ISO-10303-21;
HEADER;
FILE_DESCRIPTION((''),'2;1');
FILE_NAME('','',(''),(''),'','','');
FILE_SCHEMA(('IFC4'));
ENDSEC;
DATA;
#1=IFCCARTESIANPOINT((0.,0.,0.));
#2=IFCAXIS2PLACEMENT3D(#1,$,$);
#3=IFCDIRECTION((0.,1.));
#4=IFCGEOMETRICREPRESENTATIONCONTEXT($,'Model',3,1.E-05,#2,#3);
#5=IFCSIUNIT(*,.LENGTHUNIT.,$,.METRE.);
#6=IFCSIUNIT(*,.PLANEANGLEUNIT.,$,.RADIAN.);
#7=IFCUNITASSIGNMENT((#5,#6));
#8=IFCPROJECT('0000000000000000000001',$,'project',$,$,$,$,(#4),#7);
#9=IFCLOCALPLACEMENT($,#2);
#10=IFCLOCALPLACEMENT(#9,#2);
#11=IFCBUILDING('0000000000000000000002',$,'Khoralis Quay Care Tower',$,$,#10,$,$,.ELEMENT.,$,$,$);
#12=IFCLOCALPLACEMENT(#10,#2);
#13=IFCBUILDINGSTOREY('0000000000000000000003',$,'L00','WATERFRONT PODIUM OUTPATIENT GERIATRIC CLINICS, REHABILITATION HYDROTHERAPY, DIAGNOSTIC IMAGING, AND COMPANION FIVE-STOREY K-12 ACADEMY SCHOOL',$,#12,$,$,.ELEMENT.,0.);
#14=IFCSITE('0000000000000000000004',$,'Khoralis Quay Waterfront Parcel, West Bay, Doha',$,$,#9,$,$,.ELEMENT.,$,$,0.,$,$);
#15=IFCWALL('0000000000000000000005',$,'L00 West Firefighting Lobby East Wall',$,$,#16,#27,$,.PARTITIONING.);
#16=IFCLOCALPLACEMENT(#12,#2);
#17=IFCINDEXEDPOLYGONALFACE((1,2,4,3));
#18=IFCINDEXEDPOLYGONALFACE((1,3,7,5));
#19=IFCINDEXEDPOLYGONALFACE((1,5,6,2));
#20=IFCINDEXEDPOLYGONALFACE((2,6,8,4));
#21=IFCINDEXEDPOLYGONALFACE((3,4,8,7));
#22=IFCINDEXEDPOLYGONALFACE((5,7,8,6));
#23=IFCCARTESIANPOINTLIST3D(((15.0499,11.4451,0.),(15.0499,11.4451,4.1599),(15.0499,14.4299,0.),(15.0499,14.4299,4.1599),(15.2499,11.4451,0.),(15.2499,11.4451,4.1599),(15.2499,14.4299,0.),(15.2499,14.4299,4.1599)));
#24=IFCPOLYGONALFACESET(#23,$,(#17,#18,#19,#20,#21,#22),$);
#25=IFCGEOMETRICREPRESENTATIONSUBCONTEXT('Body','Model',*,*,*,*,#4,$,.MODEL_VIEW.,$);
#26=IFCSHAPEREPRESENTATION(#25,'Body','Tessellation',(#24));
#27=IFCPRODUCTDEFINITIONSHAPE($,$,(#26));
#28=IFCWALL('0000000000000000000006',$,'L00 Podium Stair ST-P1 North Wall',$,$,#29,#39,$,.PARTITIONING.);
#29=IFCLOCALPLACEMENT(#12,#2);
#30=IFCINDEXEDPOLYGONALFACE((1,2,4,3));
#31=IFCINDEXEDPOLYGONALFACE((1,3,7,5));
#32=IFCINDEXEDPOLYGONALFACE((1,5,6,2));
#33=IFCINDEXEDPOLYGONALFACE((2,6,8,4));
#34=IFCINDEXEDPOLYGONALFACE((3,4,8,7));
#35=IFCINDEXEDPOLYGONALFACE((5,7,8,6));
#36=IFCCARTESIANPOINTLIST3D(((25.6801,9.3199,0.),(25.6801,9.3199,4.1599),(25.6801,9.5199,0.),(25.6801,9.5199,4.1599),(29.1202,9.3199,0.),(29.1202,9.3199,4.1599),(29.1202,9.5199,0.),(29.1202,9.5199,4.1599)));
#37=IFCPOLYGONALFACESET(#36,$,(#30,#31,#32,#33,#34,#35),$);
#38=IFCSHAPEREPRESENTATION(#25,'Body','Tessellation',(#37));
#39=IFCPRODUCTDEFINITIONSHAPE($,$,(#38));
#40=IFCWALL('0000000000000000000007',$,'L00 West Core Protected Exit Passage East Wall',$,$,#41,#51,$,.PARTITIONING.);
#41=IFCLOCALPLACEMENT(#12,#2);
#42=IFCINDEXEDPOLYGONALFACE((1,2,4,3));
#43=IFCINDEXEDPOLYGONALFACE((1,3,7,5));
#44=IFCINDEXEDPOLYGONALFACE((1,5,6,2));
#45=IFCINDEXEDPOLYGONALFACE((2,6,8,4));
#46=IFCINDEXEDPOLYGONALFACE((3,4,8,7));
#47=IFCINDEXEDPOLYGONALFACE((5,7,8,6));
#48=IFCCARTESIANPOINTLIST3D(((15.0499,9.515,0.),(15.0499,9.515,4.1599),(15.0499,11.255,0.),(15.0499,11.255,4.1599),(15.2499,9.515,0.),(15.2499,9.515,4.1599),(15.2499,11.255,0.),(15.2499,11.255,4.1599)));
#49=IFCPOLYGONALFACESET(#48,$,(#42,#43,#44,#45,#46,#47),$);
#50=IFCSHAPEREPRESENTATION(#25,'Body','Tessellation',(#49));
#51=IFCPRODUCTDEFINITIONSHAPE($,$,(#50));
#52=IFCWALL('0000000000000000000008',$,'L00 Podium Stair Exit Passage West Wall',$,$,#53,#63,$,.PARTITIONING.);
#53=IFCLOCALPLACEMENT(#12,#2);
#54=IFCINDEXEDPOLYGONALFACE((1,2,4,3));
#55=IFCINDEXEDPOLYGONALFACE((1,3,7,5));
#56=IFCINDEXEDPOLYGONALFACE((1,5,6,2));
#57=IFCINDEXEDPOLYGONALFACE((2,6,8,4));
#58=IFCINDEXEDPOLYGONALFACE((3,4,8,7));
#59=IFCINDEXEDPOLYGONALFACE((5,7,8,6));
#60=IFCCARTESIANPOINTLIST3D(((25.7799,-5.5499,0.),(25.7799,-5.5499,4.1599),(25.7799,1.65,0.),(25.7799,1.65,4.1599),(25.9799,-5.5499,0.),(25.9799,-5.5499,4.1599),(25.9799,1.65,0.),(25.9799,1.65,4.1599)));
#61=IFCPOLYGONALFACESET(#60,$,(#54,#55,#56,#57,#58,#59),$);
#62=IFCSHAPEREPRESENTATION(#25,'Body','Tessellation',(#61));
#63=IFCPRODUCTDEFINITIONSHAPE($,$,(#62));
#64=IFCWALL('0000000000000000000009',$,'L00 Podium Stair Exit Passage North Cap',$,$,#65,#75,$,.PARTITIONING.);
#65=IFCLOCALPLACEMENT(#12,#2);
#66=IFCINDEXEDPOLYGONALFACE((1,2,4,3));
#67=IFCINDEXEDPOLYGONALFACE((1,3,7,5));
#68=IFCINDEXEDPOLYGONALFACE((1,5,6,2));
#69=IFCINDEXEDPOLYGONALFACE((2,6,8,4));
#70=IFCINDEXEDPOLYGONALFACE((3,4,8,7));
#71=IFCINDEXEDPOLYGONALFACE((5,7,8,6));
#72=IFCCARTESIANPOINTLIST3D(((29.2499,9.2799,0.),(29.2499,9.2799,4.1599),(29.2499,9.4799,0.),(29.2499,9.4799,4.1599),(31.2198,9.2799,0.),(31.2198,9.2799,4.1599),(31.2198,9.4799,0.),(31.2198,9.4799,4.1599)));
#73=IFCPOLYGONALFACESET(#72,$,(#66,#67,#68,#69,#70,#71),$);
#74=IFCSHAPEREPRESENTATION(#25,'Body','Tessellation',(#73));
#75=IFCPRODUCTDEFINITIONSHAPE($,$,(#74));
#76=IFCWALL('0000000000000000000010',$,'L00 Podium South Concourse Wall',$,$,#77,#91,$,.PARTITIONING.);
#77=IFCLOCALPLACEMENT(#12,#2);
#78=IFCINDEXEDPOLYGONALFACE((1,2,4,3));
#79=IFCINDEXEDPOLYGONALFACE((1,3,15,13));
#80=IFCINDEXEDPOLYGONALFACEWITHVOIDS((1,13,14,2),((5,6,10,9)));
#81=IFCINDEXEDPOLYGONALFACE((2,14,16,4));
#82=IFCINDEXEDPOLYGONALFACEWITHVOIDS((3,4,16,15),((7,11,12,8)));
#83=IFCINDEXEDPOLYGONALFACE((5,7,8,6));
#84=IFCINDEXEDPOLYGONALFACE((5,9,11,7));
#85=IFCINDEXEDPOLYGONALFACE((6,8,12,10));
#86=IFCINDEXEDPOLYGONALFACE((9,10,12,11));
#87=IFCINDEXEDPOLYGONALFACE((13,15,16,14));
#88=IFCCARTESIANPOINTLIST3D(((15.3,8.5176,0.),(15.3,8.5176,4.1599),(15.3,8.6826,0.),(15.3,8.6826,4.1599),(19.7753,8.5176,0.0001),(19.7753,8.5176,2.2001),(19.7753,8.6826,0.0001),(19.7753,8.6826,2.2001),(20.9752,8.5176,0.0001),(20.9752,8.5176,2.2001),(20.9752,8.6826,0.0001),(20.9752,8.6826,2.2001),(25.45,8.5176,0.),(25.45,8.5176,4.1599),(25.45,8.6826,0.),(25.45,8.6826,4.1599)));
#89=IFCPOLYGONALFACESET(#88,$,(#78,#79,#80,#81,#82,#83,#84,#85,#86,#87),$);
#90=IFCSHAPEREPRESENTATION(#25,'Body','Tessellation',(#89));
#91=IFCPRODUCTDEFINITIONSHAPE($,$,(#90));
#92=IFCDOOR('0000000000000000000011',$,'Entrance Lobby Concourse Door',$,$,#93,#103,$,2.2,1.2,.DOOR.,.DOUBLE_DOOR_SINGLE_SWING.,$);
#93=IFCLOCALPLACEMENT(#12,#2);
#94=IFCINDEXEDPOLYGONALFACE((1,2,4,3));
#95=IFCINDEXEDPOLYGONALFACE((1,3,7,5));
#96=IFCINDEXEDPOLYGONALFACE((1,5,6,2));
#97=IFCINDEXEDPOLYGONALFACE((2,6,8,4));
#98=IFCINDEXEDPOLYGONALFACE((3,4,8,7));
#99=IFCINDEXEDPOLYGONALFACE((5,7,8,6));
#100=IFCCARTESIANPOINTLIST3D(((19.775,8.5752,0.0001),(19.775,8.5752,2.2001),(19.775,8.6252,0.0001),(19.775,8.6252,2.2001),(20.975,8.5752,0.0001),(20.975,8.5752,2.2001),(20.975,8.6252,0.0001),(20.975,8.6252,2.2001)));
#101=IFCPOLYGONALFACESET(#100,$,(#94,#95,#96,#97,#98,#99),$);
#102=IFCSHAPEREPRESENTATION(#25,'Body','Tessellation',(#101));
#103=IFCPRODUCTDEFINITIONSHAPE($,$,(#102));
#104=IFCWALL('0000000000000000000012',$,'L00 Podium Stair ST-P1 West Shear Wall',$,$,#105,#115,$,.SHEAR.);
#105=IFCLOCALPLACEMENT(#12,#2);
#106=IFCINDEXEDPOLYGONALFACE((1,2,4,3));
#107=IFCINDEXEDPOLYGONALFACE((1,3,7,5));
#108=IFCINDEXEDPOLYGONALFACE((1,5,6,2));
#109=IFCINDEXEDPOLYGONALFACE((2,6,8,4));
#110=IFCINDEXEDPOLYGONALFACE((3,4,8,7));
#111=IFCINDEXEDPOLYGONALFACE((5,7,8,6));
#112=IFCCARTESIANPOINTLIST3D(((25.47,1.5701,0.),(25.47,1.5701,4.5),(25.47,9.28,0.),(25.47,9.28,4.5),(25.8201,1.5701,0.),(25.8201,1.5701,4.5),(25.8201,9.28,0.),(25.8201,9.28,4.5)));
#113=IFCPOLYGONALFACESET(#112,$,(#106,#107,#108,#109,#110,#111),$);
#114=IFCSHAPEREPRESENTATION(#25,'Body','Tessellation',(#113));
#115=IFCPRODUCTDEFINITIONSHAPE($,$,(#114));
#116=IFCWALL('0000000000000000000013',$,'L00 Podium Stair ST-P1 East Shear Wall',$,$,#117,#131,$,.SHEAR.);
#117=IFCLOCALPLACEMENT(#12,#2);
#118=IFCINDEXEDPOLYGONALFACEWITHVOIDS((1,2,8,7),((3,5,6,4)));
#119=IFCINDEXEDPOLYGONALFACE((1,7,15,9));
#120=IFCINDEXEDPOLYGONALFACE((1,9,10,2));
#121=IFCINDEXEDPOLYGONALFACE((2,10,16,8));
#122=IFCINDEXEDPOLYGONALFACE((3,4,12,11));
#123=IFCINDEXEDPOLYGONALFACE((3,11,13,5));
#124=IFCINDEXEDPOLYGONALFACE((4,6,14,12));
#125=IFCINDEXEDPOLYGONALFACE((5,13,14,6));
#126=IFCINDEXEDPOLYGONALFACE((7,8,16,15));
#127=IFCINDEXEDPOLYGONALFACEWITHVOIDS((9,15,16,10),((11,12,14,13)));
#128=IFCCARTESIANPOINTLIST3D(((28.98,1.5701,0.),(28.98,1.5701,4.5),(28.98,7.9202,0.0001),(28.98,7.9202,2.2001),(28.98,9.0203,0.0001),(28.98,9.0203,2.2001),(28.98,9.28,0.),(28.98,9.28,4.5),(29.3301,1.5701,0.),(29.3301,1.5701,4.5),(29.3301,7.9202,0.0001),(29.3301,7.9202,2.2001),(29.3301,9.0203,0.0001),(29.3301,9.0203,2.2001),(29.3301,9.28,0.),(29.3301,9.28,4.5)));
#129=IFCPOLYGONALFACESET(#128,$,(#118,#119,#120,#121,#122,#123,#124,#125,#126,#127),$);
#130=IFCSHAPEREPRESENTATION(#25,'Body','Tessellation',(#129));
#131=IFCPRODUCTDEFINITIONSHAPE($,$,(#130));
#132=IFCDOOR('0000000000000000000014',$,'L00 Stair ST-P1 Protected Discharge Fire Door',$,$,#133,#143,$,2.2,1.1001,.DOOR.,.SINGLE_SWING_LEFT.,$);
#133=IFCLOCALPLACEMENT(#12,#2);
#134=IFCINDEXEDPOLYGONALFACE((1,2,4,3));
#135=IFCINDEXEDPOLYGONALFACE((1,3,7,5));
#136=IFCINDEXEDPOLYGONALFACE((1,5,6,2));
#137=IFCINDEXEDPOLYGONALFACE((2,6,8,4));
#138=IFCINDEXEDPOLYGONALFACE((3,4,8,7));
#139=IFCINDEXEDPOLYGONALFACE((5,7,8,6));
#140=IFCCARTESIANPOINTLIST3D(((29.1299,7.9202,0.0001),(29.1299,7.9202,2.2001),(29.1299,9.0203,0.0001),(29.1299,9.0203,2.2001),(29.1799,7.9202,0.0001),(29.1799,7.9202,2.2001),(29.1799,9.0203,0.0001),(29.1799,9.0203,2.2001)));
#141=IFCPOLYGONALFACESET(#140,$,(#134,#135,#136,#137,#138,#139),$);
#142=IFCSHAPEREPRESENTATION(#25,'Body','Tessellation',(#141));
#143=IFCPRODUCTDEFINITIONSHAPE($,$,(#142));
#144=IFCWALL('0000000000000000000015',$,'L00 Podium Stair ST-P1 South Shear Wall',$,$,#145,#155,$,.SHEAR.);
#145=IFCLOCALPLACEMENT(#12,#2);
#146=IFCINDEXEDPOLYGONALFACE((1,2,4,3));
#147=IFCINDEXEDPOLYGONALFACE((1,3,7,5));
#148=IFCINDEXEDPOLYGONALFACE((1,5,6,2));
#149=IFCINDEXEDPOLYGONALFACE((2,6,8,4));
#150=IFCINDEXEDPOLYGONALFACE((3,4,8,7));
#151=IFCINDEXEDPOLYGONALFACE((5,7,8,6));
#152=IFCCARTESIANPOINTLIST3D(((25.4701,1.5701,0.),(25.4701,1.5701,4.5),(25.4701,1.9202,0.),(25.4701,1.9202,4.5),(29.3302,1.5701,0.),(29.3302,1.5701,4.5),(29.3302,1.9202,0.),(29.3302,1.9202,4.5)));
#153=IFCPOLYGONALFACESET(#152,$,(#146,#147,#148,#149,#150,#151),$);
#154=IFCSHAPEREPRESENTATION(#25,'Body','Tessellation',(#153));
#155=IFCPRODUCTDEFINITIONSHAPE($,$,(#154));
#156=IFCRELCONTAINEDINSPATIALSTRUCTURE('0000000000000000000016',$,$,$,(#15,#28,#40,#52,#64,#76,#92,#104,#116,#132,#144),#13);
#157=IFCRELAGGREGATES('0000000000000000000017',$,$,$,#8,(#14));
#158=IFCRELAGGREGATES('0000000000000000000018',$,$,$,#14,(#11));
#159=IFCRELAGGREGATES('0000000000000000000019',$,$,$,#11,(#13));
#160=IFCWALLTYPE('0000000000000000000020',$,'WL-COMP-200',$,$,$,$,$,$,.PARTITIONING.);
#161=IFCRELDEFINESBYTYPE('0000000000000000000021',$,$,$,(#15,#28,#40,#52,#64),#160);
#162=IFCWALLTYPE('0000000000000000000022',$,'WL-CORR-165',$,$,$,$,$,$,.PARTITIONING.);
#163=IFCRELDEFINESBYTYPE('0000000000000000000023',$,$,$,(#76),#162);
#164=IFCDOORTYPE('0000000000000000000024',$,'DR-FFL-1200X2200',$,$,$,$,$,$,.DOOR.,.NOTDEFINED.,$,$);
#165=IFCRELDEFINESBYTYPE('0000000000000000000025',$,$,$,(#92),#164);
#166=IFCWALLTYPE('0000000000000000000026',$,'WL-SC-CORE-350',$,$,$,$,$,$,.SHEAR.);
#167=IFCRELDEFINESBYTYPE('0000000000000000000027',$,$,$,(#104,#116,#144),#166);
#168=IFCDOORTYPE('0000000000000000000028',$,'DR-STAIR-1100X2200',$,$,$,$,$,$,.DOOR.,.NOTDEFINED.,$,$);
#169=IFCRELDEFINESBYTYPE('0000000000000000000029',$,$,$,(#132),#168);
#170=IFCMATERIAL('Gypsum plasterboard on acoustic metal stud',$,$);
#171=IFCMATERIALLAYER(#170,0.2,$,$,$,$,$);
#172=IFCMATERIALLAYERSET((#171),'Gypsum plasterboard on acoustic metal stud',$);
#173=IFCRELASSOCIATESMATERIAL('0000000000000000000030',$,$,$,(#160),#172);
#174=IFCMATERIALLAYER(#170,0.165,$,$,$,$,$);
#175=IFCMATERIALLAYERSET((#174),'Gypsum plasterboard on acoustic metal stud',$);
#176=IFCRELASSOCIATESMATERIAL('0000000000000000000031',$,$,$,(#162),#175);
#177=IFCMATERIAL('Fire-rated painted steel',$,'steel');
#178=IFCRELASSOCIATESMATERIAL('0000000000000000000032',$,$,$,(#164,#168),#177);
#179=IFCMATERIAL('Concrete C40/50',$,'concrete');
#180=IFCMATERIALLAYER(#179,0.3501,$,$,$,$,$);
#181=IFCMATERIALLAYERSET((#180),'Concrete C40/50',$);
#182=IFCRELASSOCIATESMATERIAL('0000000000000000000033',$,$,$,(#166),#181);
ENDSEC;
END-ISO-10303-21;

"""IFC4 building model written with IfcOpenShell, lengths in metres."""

from ifc_helpers import new_model, si_unit, direction, frame, frame_2d, origin, place, context, subcontext, project, spatial, rectangle, extrude, source, transform, mapped, material, layer, layer_set, type_object, element, fill, save


model = new_model("IFC4")

# Units and contexts
model_context = context("Model", 3, precision=1e-05, world=origin(), true_north=direction((0.0, 1.0)))
body_context = subcontext(model_context, "Body", "Model", "MODEL_VIEW")
ifc_project = project(units=[si_unit("LENGTHUNIT", "METRE"), si_unit("PLANEANGLEUNIT", "RADIAN")], contexts=[model_context])

# Site, building, storey
site_placement = place(None, origin())
site = spatial("IfcSite", under=ifc_project, at=site_placement, Name="Khoralis Quay Waterfront Parcel, West Bay, Doha", CompositionType="ELEMENT", RefElevation=0.0)
building_placement = place(site_placement, origin())
building = spatial("IfcBuilding", under=site, at=building_placement, Name="Khoralis Quay Care Tower", CompositionType="ELEMENT")
storey_placement = place(building_placement, origin())
storey = spatial("IfcBuildingStorey", under=building, at=storey_placement, Name="L00", Description="WATERFRONT PODIUM OUTPATIENT GERIATRIC CLINICS, REHABILITATION HYDROTHERAPY, DIAGNOSTIC IMAGING, AND COMPANION FIVE-STOREY K-12 ACADEMY SCHOOL", CompositionType="ELEMENT", Elevation=0.0)

# Walls
ifc_material_1 = material(Name="Gypsum plasterboard on acoustic metal stud")
ifc_layer_1 = layer(ifc_material_1, 0.2)
ifc_layer_set_1 = layer_set([ifc_layer_1], Name="Gypsum plasterboard on acoustic metal stud")
wall_type_1 = type_object("IfcWallType", Name="WL-COMP-200", PredefinedType="PARTITIONING", material=ifc_layer_set_1)
wall_1_placement = place(storey_placement, frame((15.1499, 11.4451, 0.0), z_axis=(0.0, 0.0, 1.0), x_axis=(0.0, 1.0, 0.0)))
element("IfcWall", 1, at=wall_1_placement, inside=storey, type_object=wall_type_1, Name="L00 West Firefighting Lobby East Wall", PredefinedType="PARTITIONING", context=body_context, shape_type="SweptSolid", body=[
    extrude(rectangle(XDim=2.9849, YDim=0.2, at=frame_2d((1.4924, 0.0))), origin(), (0.0, 0.0, 1.0), 4.1599),
])
wall_2_placement = place(storey_placement, frame((25.6799, 9.4199, 0.0), z_axis=(0.0, 0.0, 1.0), x_axis=(1.0, 0.0, 0.0)))
element("IfcWall", 2, at=wall_2_placement, inside=storey, type_object=wall_type_1, Name="L00 Podium Stair ST-P1 North Wall", PredefinedType="PARTITIONING", context=body_context, shape_type="SweptSolid", body=[
    extrude(rectangle(XDim=3.4402, YDim=0.2, at=frame_2d((1.7202, 0.0))), origin(), (0.0, 0.0, 1.0), 4.1599),
])
wall_3_placement = place(storey_placement, frame((15.1499, 9.5149, 0.0), z_axis=(0.0, 0.0, 1.0), x_axis=(0.0, 1.0, 0.0)))
element("IfcWall", 3, at=wall_3_placement, inside=storey, type_object=wall_type_1, Name="L00 West Core Protected Exit Passage East Wall", PredefinedType="PARTITIONING", context=body_context, shape_type="SweptSolid", body=[
    extrude(rectangle(XDim=1.74, YDim=0.2, at=frame_2d((0.8701, 0.0))), origin(), (0.0, 0.0, 1.0), 4.1599),
])
wall_4_placement = place(storey_placement, frame((25.8799, -5.55, 0.0), z_axis=(0.0, 0.0, 1.0), x_axis=(0.0, 1.0, 0.0)))
element("IfcWall", 4, at=wall_4_placement, inside=storey, type_object=wall_type_1, Name="L00 Podium Stair Exit Passage West Wall", PredefinedType="PARTITIONING", context=body_context, shape_type="SweptSolid", body=[
    extrude(rectangle(XDim=7.2, YDim=0.2, at=frame_2d((3.6001, 0.0))), origin(), (0.0, 0.0, 1.0), 4.1599),
])
wall_5_placement = place(storey_placement, frame((29.25, 9.3799, 0.0), z_axis=(0.0, 0.0, 1.0), x_axis=(1.0, 0.0, 0.0)))
element("IfcWall", 5, at=wall_5_placement, inside=storey, type_object=wall_type_1, Name="L00 Podium Stair Exit Passage North Cap", PredefinedType="PARTITIONING", context=body_context, shape_type="SweptSolid", body=[
    extrude(rectangle(XDim=1.97, YDim=0.2, at=frame_2d((0.9849, 0.0))), origin(), (0.0, 0.0, 1.0), 4.1599),
])

# Wall, opening, door
ifc_layer_2 = layer(ifc_material_1, 0.165)
ifc_layer_set_2 = layer_set([ifc_layer_2], Name="Gypsum plasterboard on acoustic metal stud")
wall_type_2 = type_object("IfcWallType", Name="WL-CORR-165", PredefinedType="PARTITIONING", material=ifc_layer_set_2)
wall_6_placement = place(storey_placement, frame((15.3, 8.6001, 0.0), z_axis=(0.0, 0.0, 1.0), x_axis=(1.0, 0.0, 0.0)))
wall_6 = element("IfcWall", 6, at=wall_6_placement, inside=storey, type_object=wall_type_2, Name="L00 Podium South Concourse Wall", PredefinedType="PARTITIONING", context=body_context, shape_type="SweptSolid", body=[
    extrude(rectangle(XDim=10.1499, YDim=0.165, at=frame_2d((5.075, 0.0))), origin(), (0.0, 0.0, 1.0), 4.1599),
])
opening_1_placement = place(wall_6_placement, frame((4.4751, 0.0, 0.0)))
opening_1 = element("IfcOpeningElement", 7, at=opening_1_placement, cuts=wall_6, PredefinedType="OPENING", context=body_context, shape_type="SweptSolid", body=[
    extrude(rectangle(XDim=1.2, YDim=2.2, at=frame_2d((0.6001, 1.1001))), frame((0.0, 0.0925, 0.0), z_axis=(0.0, -1.0, 0.0), x_axis=(1.0, 0.0, 0.0)), (0.0, 0.0, 1.0), 0.1851),
])
ifc_material_2 = material(Name="Fire-rated painted steel", Category="steel")
door_type_1 = type_object("IfcDoorType", Name="DR-FFL-1200X2200", OperationType="NOTDEFINED", PredefinedType="DOOR", material=ifc_material_2)
shared_shape_1 = source(origin(), body_context, "Body", "SweptSolid", [
    extrude(rectangle(XDim=1.2, YDim=2.2, at=frame_2d((0.6001, 1.1001))), frame((0.0, 0.0249, 0.0), z_axis=(0.0, -1.0, 0.0), x_axis=(1.0, 0.0, 0.0)), (0.0, 0.0, 1.0), 0.05),
])
door_1_placement = place(opening_1_placement, frame((1.2, 0.0, 0.0), z_axis=(0.0, 0.0, 1.0), x_axis=(-1.0, 0.0, 0.0)))
door_1 = element("IfcDoor", 8, at=door_1_placement, inside=storey, type_object=door_type_1, Name="Entrance Lobby Concourse Door", OperationType="DOUBLE_DOOR_SINGLE_SWING", OverallHeight=2.2, OverallWidth=1.2, PredefinedType="DOOR", context=body_context, shape_type="MappedRepresentation", body=[
    mapped(shared_shape_1, transform((0.0, 0.0, 0.0), scale=1.0)),
])
fill(opening_1, door_1)

# Wall
ifc_material_3 = material(Name="Concrete C40/50", Category="concrete")
ifc_layer_3 = layer(ifc_material_3, 0.3501)
ifc_layer_set_3 = layer_set([ifc_layer_3], Name="Concrete C40/50")
wall_type_3 = type_object("IfcWallType", Name="WL-SC-CORE-350", PredefinedType="SHEAR", material=ifc_layer_set_3)
wall_7_placement = place(storey_placement, frame((25.645, 1.5701, 0.0), z_axis=(0.0, 0.0, 1.0), x_axis=(0.0, 1.0, 0.0)))
element("IfcWall", 9, at=wall_7_placement, inside=storey, type_object=wall_type_3, Name="L00 Podium Stair ST-P1 West Shear Wall", PredefinedType="SHEAR", context=body_context, shape_type="SweptSolid", body=[
    extrude(rectangle(XDim=7.71, YDim=0.3501, at=frame_2d((3.855, 0.0))), origin(), (0.0, 0.0, 1.0), 4.5),
])

# Wall, opening, door
wall_8_placement = place(storey_placement, frame((29.155, 1.5701, 0.0), z_axis=(0.0, 0.0, 1.0), x_axis=(0.0, 1.0, 0.0)))
wall_8 = element("IfcWall", 10, at=wall_8_placement, inside=storey, type_object=wall_type_3, Name="L00 Podium Stair ST-P1 East Shear Wall", PredefinedType="SHEAR", context=body_context, shape_type="SweptSolid", body=[
    extrude(rectangle(XDim=7.71, YDim=0.3501, at=frame_2d((3.855, 0.0))), origin(), (0.0, 0.0, 1.0), 4.5),
])
opening_2_placement = place(wall_8_placement, frame((6.3501, 0.0, 0.0)))
opening_2 = element("IfcOpeningElement", 11, at=opening_2_placement, cuts=wall_8, PredefinedType="OPENING", context=body_context, shape_type="SweptSolid", body=[
    extrude(rectangle(XDim=1.1001, YDim=2.2, at=frame_2d((0.55, 1.1001))), frame((0.0, 0.1851, 0.0), z_axis=(0.0, -1.0, 0.0), x_axis=(1.0, 0.0, 0.0)), (0.0, 0.0, 1.0), 0.3701),
])
door_type_2 = type_object("IfcDoorType", Name="DR-STAIR-1100X2200", OperationType="NOTDEFINED", PredefinedType="DOOR", material=ifc_material_2)
shared_shape_2 = source(origin(), body_context, "Body", "SweptSolid", [
    extrude(rectangle(XDim=1.1001, YDim=2.2, at=frame_2d((0.55, 1.1001))), frame((0.0, 0.0249, 0.0), z_axis=(0.0, -1.0, 0.0), x_axis=(1.0, 0.0, 0.0)), (0.0, 0.0, 1.0), 0.05),
])
door_2_placement = place(opening_2_placement, frame((1.1001, 0.0, 0.0), z_axis=(0.0, 0.0, 1.0), x_axis=(-1.0, 0.0, 0.0)))
door_2 = element("IfcDoor", 12, at=door_2_placement, inside=storey, type_object=door_type_2, Name="L00 Stair ST-P1 Protected Discharge Fire Door", OperationType="SINGLE_SWING_LEFT", OverallHeight=2.2, OverallWidth=1.1001, PredefinedType="DOOR", context=body_context, shape_type="MappedRepresentation", body=[
    mapped(shared_shape_2, transform((0.0, 0.0, 0.0), scale=1.0)),
])
fill(opening_2, door_2)

# Wall
wall_9_placement = place(storey_placement, frame((25.47, 1.7451, 0.0), z_axis=(0.0, 0.0, 1.0), x_axis=(1.0, 0.0, 0.0)))
element("IfcWall", 13, at=wall_9_placement, inside=storey, type_object=wall_type_3, Name="L00 Podium Stair ST-P1 South Shear Wall", PredefinedType="SHEAR", context=body_context, shape_type="SweptSolid", body=[
    extrude(rectangle(XDim=3.8601, YDim=0.3501, at=frame_2d((1.9302, 0.0))), origin(), (0.0, 0.0, 1.0), 4.5),
])

save(model, "model.ifc")
